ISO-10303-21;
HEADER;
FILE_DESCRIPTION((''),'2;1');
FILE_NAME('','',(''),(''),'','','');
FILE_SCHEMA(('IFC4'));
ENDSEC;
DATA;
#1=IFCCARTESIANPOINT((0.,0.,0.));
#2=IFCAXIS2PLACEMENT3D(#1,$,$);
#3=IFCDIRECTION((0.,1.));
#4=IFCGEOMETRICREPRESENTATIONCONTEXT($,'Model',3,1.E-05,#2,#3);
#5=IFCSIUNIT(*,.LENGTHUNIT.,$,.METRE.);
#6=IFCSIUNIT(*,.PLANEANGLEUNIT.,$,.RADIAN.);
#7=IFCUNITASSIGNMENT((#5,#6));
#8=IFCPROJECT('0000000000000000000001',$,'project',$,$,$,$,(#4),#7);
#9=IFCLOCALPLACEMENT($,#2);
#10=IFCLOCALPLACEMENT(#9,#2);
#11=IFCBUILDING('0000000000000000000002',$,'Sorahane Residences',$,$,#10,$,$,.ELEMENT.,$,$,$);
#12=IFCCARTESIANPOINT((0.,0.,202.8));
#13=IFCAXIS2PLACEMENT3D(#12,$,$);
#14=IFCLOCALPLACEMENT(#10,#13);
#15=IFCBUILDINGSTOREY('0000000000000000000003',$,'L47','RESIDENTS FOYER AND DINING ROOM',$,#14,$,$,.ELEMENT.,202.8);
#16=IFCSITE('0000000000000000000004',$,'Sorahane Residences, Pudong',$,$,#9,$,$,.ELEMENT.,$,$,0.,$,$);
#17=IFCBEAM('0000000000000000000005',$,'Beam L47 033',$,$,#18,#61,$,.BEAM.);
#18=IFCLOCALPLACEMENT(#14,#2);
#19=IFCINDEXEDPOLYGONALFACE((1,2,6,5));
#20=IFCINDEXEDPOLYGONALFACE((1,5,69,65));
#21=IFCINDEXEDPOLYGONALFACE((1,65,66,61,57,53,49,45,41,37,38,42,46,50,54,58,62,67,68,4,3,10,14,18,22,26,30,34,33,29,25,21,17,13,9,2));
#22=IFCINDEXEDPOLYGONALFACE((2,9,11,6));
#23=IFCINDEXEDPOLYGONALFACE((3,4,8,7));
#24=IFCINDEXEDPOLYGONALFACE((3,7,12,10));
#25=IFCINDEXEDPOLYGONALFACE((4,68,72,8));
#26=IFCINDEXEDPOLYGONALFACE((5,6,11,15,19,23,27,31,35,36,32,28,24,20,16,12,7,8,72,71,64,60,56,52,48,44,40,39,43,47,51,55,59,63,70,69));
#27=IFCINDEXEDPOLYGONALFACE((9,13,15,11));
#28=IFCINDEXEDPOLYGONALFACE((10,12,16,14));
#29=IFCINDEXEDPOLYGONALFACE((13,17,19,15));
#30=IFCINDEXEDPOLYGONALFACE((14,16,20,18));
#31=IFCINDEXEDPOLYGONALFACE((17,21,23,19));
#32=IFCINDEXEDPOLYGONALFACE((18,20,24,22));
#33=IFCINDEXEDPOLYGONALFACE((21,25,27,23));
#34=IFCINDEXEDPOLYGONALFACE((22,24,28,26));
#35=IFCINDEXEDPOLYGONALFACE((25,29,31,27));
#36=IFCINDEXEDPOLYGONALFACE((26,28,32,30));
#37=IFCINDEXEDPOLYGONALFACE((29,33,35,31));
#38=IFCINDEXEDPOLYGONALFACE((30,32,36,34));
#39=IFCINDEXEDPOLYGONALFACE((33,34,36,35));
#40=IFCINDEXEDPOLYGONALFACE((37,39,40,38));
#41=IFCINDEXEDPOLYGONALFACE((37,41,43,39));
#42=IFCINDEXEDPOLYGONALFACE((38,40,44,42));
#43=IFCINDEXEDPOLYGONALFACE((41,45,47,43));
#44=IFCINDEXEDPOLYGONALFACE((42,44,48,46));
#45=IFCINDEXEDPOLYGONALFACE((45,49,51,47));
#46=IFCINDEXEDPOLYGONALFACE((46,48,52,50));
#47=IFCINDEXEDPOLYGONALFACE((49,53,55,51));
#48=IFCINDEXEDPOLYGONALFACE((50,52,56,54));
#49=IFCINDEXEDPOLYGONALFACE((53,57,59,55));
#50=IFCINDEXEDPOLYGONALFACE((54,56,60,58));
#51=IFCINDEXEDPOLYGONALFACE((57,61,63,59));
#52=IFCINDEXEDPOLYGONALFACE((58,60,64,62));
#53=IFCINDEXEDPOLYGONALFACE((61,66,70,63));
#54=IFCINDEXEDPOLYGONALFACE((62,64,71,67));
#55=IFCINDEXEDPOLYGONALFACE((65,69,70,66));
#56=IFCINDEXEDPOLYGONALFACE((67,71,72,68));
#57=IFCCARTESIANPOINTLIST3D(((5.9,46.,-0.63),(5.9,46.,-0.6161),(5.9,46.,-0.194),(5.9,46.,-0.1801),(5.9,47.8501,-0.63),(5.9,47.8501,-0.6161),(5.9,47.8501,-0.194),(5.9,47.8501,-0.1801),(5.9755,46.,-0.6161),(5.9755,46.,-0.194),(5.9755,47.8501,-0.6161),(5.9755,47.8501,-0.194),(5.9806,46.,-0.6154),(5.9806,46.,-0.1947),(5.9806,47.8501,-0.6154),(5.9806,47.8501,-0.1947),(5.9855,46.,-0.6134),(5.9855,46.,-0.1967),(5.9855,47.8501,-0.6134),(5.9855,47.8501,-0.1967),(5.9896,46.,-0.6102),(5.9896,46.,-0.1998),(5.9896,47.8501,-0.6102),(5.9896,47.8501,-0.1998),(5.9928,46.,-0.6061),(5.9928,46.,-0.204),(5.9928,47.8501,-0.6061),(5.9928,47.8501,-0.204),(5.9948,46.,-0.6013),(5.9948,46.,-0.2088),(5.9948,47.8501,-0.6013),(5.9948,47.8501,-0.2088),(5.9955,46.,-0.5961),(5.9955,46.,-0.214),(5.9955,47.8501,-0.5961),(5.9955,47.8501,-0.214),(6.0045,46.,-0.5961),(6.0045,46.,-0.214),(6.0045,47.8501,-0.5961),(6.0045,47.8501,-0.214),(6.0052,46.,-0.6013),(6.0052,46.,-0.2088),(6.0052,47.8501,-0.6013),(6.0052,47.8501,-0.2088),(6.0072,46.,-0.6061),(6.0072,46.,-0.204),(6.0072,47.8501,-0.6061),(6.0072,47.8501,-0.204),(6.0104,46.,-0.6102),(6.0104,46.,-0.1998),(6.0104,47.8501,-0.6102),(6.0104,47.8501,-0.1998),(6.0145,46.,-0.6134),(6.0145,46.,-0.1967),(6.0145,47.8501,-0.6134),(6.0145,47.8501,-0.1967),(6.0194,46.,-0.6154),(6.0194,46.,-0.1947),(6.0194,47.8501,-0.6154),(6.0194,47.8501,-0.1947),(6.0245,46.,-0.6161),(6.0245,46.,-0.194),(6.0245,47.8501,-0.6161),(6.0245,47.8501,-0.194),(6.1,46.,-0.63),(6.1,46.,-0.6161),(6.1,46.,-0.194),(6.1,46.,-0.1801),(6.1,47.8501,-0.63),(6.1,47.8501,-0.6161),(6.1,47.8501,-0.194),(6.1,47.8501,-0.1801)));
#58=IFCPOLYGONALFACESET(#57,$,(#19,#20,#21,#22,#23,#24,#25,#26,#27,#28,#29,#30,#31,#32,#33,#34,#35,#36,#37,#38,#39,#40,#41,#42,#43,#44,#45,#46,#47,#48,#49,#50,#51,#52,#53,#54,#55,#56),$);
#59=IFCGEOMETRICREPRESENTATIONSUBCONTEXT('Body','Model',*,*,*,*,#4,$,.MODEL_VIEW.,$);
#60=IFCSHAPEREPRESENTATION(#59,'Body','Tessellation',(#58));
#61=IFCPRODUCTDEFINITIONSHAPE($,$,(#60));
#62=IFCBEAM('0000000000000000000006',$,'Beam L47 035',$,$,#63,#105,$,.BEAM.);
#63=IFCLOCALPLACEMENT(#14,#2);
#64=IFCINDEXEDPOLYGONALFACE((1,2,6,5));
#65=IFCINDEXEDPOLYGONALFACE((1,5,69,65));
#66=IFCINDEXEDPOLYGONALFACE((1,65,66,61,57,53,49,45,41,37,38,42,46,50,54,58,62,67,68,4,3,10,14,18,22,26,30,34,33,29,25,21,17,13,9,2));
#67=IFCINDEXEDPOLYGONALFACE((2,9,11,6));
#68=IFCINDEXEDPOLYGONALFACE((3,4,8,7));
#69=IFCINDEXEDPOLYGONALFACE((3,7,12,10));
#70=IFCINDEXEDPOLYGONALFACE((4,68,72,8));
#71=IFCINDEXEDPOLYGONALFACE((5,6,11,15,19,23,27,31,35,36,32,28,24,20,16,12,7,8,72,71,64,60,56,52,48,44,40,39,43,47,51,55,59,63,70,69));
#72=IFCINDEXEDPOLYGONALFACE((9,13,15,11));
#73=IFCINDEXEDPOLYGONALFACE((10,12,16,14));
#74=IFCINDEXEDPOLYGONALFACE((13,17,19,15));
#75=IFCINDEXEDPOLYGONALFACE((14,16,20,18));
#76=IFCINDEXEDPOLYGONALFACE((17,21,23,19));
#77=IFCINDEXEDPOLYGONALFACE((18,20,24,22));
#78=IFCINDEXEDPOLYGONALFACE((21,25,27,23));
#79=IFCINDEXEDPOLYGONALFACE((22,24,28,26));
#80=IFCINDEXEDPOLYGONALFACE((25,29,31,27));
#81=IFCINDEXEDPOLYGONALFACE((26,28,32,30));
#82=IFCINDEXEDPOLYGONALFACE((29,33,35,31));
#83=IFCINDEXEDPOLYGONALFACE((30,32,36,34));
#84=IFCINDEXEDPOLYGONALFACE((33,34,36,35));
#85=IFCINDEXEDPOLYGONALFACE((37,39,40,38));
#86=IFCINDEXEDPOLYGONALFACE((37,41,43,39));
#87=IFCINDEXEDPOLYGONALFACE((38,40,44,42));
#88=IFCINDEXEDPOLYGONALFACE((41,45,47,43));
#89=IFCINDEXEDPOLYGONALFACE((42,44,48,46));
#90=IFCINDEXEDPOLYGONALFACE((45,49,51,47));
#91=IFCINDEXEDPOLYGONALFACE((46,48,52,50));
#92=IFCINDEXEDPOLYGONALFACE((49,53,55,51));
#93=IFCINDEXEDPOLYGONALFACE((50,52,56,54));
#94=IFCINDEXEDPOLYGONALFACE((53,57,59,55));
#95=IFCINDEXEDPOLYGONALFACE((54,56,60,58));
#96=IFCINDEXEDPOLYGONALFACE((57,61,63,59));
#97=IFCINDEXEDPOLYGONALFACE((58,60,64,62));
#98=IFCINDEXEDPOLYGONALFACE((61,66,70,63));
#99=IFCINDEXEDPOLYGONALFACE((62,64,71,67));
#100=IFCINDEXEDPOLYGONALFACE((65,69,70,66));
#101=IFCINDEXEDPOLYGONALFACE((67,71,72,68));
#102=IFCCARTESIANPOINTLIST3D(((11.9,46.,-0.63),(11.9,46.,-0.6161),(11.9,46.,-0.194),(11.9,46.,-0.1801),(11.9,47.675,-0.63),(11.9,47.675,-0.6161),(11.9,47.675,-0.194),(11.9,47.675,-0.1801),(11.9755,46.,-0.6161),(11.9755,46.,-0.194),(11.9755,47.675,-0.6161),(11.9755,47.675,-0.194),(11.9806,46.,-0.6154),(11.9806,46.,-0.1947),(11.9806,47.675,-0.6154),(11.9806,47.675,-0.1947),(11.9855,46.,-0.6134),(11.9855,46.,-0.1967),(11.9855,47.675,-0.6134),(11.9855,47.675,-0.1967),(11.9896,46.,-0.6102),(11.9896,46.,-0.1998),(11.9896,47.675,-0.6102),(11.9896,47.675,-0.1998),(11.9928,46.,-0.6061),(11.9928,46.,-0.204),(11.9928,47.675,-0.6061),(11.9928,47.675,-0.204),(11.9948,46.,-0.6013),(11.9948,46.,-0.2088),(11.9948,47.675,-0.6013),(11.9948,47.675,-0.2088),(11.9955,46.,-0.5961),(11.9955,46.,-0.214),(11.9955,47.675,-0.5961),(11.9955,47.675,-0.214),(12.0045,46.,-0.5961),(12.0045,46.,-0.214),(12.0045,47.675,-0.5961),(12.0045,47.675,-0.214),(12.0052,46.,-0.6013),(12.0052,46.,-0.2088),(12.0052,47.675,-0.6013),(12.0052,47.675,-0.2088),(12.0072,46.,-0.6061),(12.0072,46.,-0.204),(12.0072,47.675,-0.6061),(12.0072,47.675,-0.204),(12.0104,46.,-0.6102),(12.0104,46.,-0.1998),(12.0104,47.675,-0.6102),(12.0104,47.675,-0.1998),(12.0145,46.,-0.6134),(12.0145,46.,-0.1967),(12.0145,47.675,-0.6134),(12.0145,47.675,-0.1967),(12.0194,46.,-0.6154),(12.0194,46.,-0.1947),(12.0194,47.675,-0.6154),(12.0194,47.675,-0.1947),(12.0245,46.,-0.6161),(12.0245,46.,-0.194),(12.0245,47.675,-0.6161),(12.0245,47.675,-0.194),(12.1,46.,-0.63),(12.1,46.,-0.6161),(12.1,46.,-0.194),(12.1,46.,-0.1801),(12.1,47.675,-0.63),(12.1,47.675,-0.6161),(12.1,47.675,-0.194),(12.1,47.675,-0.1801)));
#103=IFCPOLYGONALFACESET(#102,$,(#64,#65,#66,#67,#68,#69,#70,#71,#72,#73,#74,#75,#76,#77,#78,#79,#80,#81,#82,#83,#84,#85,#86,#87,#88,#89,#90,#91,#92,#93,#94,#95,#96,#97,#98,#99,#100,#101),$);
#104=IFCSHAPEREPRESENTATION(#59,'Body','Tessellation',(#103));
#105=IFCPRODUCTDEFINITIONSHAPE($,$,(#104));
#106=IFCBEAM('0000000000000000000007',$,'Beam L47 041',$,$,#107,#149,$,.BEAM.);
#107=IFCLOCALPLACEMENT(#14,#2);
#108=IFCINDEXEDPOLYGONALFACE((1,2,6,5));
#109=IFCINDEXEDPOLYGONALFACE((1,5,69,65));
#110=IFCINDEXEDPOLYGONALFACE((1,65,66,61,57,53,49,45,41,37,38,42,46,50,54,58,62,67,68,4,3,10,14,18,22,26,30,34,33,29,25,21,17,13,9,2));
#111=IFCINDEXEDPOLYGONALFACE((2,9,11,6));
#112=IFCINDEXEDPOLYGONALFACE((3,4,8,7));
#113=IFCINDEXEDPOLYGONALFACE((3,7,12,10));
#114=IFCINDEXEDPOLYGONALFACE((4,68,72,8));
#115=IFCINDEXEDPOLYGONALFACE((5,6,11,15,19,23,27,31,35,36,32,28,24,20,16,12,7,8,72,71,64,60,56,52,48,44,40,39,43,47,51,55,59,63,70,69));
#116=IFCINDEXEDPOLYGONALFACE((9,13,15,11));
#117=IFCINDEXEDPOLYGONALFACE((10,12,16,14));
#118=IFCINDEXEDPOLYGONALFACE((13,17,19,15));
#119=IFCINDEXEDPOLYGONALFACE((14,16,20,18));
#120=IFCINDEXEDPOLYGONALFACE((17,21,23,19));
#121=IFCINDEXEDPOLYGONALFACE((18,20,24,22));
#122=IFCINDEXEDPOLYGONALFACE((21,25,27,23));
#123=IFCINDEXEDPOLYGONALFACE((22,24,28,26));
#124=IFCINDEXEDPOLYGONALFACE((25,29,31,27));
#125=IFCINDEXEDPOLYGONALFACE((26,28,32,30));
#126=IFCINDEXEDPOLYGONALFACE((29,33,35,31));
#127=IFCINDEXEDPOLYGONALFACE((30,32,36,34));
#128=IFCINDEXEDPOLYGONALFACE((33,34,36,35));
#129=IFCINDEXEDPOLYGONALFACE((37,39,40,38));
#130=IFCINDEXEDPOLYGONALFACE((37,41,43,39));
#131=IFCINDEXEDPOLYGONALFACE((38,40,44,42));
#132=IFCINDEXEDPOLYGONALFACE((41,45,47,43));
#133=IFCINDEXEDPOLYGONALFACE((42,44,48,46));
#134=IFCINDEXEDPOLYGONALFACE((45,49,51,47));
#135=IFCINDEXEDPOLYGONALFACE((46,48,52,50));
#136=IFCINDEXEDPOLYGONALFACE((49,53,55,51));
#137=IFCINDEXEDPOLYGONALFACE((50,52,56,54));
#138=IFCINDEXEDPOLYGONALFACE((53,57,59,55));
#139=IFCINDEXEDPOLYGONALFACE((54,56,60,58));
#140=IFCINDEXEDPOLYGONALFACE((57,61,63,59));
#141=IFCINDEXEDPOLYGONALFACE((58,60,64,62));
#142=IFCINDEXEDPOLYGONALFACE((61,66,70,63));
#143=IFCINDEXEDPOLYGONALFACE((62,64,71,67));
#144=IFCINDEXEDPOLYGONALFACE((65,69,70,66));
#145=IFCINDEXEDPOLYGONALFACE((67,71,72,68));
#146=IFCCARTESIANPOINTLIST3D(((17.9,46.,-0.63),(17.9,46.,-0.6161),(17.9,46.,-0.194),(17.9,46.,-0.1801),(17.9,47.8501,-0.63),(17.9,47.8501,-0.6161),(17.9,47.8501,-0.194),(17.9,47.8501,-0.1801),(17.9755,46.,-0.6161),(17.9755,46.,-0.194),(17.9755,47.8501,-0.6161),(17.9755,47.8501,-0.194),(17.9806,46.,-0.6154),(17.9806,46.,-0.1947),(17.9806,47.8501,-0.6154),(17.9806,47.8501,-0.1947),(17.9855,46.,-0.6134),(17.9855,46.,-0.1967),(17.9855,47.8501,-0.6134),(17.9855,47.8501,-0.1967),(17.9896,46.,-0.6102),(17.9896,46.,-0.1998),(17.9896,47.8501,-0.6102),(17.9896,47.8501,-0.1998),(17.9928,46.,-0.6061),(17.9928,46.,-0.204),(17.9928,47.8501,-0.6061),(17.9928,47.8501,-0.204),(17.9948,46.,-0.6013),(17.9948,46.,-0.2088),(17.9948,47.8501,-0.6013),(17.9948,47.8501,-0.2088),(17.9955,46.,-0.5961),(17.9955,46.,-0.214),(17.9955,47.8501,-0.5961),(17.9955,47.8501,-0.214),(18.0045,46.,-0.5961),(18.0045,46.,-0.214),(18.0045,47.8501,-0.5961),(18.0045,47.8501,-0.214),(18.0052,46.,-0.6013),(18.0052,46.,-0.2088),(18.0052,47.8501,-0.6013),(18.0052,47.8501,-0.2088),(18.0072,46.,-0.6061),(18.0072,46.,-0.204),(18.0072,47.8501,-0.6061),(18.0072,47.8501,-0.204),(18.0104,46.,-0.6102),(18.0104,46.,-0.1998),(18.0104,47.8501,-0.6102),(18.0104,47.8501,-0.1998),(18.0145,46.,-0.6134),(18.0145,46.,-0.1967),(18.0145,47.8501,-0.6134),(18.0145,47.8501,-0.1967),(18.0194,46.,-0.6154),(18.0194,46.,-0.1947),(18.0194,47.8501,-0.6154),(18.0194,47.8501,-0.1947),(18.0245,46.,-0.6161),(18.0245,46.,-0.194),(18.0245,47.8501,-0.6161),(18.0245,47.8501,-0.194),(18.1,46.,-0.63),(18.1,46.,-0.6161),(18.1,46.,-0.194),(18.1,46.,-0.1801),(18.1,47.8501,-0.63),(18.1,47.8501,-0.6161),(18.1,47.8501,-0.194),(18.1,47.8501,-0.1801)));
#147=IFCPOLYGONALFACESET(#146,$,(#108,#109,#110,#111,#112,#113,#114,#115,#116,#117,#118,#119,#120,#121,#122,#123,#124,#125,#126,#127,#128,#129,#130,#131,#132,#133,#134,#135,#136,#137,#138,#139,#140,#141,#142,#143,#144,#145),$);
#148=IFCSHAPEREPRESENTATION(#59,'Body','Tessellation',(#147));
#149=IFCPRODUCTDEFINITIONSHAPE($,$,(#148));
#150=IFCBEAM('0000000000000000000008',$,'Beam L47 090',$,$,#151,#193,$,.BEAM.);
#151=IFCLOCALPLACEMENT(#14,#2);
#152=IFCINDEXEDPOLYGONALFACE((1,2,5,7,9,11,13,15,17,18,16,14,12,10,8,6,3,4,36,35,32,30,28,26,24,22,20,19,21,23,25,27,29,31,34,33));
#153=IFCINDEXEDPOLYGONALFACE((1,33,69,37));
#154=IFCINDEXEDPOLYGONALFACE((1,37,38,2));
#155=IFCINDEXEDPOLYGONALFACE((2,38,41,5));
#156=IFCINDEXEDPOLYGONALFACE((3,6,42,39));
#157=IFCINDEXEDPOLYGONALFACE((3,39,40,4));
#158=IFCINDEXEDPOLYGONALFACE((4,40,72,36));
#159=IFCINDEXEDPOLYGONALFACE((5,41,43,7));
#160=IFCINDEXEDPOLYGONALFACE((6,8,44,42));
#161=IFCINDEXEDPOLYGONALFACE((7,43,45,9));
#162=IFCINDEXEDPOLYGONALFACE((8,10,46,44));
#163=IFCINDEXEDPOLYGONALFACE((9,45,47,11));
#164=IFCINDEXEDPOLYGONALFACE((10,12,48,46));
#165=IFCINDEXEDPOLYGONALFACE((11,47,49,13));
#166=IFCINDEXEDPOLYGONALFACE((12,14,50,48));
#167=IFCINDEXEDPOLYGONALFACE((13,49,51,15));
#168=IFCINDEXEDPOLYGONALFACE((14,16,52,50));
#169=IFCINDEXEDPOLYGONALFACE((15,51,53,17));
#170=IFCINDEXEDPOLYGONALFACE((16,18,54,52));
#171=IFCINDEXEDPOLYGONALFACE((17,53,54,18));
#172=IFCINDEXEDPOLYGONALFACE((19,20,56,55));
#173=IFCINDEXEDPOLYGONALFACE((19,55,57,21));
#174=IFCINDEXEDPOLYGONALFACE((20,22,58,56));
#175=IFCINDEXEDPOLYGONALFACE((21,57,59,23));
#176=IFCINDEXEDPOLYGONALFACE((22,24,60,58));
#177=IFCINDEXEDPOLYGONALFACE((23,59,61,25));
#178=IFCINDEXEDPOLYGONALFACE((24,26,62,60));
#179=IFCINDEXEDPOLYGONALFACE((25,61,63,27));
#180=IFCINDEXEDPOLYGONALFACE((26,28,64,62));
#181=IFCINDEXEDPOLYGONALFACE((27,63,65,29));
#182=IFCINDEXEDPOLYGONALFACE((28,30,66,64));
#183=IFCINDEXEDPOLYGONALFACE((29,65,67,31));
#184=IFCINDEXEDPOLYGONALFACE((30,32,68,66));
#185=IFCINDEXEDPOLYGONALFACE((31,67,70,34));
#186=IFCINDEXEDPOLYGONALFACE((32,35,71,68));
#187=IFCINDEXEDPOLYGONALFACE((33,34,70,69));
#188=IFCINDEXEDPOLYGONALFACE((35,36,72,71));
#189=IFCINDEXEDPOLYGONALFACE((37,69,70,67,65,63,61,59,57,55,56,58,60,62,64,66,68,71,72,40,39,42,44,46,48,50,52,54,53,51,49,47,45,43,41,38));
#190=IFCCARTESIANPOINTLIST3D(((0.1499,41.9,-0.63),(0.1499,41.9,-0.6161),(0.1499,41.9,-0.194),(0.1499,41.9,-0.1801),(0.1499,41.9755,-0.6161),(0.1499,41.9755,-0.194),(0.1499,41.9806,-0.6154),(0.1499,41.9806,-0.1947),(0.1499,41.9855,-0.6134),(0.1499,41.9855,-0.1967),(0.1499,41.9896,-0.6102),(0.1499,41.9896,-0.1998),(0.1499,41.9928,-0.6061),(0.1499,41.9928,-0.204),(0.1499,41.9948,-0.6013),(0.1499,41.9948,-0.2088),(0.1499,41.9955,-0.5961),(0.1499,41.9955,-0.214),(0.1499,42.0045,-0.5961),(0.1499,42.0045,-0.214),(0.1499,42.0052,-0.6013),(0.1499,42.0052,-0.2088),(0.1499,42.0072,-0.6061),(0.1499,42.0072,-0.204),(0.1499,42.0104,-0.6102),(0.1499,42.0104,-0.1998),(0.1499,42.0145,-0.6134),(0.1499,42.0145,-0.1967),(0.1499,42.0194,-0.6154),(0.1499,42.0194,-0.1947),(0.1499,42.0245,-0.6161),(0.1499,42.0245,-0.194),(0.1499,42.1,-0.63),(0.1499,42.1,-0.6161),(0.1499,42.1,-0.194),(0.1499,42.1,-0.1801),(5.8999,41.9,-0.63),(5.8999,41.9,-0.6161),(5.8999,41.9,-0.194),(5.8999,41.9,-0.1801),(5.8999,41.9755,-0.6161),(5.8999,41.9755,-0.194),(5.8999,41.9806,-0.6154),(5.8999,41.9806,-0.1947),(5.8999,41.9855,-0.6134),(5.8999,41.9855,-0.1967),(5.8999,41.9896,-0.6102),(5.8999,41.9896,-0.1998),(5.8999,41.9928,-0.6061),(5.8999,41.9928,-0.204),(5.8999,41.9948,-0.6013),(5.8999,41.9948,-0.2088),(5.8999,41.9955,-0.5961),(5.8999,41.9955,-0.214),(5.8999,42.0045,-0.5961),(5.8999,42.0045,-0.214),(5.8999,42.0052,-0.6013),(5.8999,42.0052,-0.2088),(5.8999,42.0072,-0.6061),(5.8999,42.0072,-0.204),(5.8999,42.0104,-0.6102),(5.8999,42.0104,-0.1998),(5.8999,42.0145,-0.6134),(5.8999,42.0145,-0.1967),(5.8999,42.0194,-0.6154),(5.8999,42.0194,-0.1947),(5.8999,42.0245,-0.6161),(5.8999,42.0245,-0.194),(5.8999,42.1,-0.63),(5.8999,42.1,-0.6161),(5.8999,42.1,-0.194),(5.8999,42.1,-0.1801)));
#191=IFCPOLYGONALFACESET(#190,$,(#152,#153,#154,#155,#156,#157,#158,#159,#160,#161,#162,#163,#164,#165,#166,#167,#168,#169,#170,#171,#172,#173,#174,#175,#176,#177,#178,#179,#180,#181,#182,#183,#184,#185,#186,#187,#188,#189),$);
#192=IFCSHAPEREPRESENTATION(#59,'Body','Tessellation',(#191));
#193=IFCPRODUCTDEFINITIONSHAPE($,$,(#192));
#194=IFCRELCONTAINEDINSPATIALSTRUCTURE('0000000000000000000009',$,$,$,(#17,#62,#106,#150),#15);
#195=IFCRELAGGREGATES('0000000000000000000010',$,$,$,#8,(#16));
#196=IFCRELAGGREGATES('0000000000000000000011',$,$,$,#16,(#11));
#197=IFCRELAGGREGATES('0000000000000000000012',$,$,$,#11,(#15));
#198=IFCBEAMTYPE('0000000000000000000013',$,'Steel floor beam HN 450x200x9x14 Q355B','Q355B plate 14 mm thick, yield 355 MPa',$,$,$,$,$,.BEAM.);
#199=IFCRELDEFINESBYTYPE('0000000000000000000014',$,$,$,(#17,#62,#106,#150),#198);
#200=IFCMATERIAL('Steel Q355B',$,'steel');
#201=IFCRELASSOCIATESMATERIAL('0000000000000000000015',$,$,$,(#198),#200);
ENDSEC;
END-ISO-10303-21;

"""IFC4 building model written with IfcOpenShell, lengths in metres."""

from ifc_helpers import new_model, si_unit, direction, frame, origin, origin_2d, place, context, subcontext, project, spatial, i_section, extrude, material, material_profile, profile_set, type_object, element, save


model = new_model("IFC4")

# Units and contexts
model_context = context("Model", 3, precision=1e-05, world=origin(), true_north=direction((0.0, 1.0)))
body_context = subcontext(model_context, "Body", "Model", "MODEL_VIEW")
ifc_project = project(units=[si_unit("LENGTHUNIT", "METRE"), si_unit("PLANEANGLEUNIT", "RADIAN")], contexts=[model_context])

# Site, building, storey
site_placement = place(None, origin())
site = spatial("IfcSite", under=ifc_project, at=site_placement, Name="Sorahane Residences, Pudong", CompositionType="ELEMENT", RefElevation=0.0)
building_placement = place(site_placement, origin())
building = spatial("IfcBuilding", under=site, at=building_placement, Name="Sorahane Residences", CompositionType="ELEMENT")
storey_placement = place(building_placement, frame((0.0, 0.0, 202.8)))
storey = spatial("IfcBuildingStorey", under=building, at=storey_placement, Name="L47", Description="RESIDENTS FOYER AND DINING ROOM", CompositionType="ELEMENT", Elevation=202.8)

# Beams
ifc_material_1 = material(Name="Steel Q355B", Category="steel")
ifc_material_profile_1 = material_profile(ifc_material_1, i_section(OverallWidth=0.2, OverallDepth=0.45, WebThickness=0.009, FlangeThickness=0.0139, FilletRadius=0.02, at=origin_2d()), Name="HN 450x200x9x14")
ifc_profile_set_1 = profile_set([ifc_material_profile_1], Name="Steel Q355B")
beam_type_1 = type_object("IfcBeamType", Name="Steel floor beam HN 450x200x9x14 Q355B", Description="Q355B plate 14 mm thick, yield 355 MPa", PredefinedType="BEAM", material=ifc_profile_set_1)
beam_1_placement = place(storey_placement, frame((6.0, 46.0, -0.405), z_axis=(0.0, 1.0, 0.0), x_axis=(-1.0, 0.0, 0.0)))
element("IfcBeam", 1, at=beam_1_placement, inside=storey, type_object=beam_type_1, Name="Beam L47 033", PredefinedType="BEAM", context=body_context, shape_type="SweptSolid", body=[
    extrude(i_section(OverallWidth=0.2, OverallDepth=0.45, WebThickness=0.009, FlangeThickness=0.0139, FilletRadius=0.02, at=origin_2d()), origin(), (0.0, 0.0, 1.0), 1.8501),
])
beam_2_placement = place(storey_placement, frame((12.0, 46.0, -0.405), z_axis=(0.0, 1.0, 0.0), x_axis=(-1.0, 0.0, 0.0)))
element("IfcBeam", 2, at=beam_2_placement, inside=storey, type_object=beam_type_1, Name="Beam L47 035", PredefinedType="BEAM", context=body_context, shape_type="SweptSolid", body=[
    extrude(i_section(OverallWidth=0.2, OverallDepth=0.45, WebThickness=0.009, FlangeThickness=0.0139, FilletRadius=0.02, at=origin_2d()), origin(), (0.0, 0.0, 1.0), 1.675),
])
beam_3_placement = place(storey_placement, frame((18.0, 46.0, -0.405), z_axis=(0.0, 1.0, 0.0), x_axis=(-1.0, 0.0, 0.0)))
element("IfcBeam", 3, at=beam_3_placement, inside=storey, type_object=beam_type_1, Name="Beam L47 041", PredefinedType="BEAM", context=body_context, shape_type="SweptSolid", body=[
    extrude(i_section(OverallWidth=0.2, OverallDepth=0.45, WebThickness=0.009, FlangeThickness=0.0139, FilletRadius=0.02, at=origin_2d()), origin(), (0.0, 0.0, 1.0), 1.8501),
])
beam_4_placement = place(storey_placement, frame((0.1499, 42.0, -0.405), z_axis=(1.0, 0.0, 0.0), x_axis=(0.0, 1.0, 0.0)))
element("IfcBeam", 4, at=beam_4_placement, inside=storey, type_object=beam_type_1, Name="Beam L47 090", PredefinedType="BEAM", context=body_context, shape_type="SweptSolid", body=[
    extrude(i_section(OverallWidth=0.2, OverallDepth=0.45, WebThickness=0.009, FlangeThickness=0.0139, FilletRadius=0.02, at=origin_2d()), origin(), (0.0, 0.0, 1.0), 5.75),
])

save(model, "model.ifc")
